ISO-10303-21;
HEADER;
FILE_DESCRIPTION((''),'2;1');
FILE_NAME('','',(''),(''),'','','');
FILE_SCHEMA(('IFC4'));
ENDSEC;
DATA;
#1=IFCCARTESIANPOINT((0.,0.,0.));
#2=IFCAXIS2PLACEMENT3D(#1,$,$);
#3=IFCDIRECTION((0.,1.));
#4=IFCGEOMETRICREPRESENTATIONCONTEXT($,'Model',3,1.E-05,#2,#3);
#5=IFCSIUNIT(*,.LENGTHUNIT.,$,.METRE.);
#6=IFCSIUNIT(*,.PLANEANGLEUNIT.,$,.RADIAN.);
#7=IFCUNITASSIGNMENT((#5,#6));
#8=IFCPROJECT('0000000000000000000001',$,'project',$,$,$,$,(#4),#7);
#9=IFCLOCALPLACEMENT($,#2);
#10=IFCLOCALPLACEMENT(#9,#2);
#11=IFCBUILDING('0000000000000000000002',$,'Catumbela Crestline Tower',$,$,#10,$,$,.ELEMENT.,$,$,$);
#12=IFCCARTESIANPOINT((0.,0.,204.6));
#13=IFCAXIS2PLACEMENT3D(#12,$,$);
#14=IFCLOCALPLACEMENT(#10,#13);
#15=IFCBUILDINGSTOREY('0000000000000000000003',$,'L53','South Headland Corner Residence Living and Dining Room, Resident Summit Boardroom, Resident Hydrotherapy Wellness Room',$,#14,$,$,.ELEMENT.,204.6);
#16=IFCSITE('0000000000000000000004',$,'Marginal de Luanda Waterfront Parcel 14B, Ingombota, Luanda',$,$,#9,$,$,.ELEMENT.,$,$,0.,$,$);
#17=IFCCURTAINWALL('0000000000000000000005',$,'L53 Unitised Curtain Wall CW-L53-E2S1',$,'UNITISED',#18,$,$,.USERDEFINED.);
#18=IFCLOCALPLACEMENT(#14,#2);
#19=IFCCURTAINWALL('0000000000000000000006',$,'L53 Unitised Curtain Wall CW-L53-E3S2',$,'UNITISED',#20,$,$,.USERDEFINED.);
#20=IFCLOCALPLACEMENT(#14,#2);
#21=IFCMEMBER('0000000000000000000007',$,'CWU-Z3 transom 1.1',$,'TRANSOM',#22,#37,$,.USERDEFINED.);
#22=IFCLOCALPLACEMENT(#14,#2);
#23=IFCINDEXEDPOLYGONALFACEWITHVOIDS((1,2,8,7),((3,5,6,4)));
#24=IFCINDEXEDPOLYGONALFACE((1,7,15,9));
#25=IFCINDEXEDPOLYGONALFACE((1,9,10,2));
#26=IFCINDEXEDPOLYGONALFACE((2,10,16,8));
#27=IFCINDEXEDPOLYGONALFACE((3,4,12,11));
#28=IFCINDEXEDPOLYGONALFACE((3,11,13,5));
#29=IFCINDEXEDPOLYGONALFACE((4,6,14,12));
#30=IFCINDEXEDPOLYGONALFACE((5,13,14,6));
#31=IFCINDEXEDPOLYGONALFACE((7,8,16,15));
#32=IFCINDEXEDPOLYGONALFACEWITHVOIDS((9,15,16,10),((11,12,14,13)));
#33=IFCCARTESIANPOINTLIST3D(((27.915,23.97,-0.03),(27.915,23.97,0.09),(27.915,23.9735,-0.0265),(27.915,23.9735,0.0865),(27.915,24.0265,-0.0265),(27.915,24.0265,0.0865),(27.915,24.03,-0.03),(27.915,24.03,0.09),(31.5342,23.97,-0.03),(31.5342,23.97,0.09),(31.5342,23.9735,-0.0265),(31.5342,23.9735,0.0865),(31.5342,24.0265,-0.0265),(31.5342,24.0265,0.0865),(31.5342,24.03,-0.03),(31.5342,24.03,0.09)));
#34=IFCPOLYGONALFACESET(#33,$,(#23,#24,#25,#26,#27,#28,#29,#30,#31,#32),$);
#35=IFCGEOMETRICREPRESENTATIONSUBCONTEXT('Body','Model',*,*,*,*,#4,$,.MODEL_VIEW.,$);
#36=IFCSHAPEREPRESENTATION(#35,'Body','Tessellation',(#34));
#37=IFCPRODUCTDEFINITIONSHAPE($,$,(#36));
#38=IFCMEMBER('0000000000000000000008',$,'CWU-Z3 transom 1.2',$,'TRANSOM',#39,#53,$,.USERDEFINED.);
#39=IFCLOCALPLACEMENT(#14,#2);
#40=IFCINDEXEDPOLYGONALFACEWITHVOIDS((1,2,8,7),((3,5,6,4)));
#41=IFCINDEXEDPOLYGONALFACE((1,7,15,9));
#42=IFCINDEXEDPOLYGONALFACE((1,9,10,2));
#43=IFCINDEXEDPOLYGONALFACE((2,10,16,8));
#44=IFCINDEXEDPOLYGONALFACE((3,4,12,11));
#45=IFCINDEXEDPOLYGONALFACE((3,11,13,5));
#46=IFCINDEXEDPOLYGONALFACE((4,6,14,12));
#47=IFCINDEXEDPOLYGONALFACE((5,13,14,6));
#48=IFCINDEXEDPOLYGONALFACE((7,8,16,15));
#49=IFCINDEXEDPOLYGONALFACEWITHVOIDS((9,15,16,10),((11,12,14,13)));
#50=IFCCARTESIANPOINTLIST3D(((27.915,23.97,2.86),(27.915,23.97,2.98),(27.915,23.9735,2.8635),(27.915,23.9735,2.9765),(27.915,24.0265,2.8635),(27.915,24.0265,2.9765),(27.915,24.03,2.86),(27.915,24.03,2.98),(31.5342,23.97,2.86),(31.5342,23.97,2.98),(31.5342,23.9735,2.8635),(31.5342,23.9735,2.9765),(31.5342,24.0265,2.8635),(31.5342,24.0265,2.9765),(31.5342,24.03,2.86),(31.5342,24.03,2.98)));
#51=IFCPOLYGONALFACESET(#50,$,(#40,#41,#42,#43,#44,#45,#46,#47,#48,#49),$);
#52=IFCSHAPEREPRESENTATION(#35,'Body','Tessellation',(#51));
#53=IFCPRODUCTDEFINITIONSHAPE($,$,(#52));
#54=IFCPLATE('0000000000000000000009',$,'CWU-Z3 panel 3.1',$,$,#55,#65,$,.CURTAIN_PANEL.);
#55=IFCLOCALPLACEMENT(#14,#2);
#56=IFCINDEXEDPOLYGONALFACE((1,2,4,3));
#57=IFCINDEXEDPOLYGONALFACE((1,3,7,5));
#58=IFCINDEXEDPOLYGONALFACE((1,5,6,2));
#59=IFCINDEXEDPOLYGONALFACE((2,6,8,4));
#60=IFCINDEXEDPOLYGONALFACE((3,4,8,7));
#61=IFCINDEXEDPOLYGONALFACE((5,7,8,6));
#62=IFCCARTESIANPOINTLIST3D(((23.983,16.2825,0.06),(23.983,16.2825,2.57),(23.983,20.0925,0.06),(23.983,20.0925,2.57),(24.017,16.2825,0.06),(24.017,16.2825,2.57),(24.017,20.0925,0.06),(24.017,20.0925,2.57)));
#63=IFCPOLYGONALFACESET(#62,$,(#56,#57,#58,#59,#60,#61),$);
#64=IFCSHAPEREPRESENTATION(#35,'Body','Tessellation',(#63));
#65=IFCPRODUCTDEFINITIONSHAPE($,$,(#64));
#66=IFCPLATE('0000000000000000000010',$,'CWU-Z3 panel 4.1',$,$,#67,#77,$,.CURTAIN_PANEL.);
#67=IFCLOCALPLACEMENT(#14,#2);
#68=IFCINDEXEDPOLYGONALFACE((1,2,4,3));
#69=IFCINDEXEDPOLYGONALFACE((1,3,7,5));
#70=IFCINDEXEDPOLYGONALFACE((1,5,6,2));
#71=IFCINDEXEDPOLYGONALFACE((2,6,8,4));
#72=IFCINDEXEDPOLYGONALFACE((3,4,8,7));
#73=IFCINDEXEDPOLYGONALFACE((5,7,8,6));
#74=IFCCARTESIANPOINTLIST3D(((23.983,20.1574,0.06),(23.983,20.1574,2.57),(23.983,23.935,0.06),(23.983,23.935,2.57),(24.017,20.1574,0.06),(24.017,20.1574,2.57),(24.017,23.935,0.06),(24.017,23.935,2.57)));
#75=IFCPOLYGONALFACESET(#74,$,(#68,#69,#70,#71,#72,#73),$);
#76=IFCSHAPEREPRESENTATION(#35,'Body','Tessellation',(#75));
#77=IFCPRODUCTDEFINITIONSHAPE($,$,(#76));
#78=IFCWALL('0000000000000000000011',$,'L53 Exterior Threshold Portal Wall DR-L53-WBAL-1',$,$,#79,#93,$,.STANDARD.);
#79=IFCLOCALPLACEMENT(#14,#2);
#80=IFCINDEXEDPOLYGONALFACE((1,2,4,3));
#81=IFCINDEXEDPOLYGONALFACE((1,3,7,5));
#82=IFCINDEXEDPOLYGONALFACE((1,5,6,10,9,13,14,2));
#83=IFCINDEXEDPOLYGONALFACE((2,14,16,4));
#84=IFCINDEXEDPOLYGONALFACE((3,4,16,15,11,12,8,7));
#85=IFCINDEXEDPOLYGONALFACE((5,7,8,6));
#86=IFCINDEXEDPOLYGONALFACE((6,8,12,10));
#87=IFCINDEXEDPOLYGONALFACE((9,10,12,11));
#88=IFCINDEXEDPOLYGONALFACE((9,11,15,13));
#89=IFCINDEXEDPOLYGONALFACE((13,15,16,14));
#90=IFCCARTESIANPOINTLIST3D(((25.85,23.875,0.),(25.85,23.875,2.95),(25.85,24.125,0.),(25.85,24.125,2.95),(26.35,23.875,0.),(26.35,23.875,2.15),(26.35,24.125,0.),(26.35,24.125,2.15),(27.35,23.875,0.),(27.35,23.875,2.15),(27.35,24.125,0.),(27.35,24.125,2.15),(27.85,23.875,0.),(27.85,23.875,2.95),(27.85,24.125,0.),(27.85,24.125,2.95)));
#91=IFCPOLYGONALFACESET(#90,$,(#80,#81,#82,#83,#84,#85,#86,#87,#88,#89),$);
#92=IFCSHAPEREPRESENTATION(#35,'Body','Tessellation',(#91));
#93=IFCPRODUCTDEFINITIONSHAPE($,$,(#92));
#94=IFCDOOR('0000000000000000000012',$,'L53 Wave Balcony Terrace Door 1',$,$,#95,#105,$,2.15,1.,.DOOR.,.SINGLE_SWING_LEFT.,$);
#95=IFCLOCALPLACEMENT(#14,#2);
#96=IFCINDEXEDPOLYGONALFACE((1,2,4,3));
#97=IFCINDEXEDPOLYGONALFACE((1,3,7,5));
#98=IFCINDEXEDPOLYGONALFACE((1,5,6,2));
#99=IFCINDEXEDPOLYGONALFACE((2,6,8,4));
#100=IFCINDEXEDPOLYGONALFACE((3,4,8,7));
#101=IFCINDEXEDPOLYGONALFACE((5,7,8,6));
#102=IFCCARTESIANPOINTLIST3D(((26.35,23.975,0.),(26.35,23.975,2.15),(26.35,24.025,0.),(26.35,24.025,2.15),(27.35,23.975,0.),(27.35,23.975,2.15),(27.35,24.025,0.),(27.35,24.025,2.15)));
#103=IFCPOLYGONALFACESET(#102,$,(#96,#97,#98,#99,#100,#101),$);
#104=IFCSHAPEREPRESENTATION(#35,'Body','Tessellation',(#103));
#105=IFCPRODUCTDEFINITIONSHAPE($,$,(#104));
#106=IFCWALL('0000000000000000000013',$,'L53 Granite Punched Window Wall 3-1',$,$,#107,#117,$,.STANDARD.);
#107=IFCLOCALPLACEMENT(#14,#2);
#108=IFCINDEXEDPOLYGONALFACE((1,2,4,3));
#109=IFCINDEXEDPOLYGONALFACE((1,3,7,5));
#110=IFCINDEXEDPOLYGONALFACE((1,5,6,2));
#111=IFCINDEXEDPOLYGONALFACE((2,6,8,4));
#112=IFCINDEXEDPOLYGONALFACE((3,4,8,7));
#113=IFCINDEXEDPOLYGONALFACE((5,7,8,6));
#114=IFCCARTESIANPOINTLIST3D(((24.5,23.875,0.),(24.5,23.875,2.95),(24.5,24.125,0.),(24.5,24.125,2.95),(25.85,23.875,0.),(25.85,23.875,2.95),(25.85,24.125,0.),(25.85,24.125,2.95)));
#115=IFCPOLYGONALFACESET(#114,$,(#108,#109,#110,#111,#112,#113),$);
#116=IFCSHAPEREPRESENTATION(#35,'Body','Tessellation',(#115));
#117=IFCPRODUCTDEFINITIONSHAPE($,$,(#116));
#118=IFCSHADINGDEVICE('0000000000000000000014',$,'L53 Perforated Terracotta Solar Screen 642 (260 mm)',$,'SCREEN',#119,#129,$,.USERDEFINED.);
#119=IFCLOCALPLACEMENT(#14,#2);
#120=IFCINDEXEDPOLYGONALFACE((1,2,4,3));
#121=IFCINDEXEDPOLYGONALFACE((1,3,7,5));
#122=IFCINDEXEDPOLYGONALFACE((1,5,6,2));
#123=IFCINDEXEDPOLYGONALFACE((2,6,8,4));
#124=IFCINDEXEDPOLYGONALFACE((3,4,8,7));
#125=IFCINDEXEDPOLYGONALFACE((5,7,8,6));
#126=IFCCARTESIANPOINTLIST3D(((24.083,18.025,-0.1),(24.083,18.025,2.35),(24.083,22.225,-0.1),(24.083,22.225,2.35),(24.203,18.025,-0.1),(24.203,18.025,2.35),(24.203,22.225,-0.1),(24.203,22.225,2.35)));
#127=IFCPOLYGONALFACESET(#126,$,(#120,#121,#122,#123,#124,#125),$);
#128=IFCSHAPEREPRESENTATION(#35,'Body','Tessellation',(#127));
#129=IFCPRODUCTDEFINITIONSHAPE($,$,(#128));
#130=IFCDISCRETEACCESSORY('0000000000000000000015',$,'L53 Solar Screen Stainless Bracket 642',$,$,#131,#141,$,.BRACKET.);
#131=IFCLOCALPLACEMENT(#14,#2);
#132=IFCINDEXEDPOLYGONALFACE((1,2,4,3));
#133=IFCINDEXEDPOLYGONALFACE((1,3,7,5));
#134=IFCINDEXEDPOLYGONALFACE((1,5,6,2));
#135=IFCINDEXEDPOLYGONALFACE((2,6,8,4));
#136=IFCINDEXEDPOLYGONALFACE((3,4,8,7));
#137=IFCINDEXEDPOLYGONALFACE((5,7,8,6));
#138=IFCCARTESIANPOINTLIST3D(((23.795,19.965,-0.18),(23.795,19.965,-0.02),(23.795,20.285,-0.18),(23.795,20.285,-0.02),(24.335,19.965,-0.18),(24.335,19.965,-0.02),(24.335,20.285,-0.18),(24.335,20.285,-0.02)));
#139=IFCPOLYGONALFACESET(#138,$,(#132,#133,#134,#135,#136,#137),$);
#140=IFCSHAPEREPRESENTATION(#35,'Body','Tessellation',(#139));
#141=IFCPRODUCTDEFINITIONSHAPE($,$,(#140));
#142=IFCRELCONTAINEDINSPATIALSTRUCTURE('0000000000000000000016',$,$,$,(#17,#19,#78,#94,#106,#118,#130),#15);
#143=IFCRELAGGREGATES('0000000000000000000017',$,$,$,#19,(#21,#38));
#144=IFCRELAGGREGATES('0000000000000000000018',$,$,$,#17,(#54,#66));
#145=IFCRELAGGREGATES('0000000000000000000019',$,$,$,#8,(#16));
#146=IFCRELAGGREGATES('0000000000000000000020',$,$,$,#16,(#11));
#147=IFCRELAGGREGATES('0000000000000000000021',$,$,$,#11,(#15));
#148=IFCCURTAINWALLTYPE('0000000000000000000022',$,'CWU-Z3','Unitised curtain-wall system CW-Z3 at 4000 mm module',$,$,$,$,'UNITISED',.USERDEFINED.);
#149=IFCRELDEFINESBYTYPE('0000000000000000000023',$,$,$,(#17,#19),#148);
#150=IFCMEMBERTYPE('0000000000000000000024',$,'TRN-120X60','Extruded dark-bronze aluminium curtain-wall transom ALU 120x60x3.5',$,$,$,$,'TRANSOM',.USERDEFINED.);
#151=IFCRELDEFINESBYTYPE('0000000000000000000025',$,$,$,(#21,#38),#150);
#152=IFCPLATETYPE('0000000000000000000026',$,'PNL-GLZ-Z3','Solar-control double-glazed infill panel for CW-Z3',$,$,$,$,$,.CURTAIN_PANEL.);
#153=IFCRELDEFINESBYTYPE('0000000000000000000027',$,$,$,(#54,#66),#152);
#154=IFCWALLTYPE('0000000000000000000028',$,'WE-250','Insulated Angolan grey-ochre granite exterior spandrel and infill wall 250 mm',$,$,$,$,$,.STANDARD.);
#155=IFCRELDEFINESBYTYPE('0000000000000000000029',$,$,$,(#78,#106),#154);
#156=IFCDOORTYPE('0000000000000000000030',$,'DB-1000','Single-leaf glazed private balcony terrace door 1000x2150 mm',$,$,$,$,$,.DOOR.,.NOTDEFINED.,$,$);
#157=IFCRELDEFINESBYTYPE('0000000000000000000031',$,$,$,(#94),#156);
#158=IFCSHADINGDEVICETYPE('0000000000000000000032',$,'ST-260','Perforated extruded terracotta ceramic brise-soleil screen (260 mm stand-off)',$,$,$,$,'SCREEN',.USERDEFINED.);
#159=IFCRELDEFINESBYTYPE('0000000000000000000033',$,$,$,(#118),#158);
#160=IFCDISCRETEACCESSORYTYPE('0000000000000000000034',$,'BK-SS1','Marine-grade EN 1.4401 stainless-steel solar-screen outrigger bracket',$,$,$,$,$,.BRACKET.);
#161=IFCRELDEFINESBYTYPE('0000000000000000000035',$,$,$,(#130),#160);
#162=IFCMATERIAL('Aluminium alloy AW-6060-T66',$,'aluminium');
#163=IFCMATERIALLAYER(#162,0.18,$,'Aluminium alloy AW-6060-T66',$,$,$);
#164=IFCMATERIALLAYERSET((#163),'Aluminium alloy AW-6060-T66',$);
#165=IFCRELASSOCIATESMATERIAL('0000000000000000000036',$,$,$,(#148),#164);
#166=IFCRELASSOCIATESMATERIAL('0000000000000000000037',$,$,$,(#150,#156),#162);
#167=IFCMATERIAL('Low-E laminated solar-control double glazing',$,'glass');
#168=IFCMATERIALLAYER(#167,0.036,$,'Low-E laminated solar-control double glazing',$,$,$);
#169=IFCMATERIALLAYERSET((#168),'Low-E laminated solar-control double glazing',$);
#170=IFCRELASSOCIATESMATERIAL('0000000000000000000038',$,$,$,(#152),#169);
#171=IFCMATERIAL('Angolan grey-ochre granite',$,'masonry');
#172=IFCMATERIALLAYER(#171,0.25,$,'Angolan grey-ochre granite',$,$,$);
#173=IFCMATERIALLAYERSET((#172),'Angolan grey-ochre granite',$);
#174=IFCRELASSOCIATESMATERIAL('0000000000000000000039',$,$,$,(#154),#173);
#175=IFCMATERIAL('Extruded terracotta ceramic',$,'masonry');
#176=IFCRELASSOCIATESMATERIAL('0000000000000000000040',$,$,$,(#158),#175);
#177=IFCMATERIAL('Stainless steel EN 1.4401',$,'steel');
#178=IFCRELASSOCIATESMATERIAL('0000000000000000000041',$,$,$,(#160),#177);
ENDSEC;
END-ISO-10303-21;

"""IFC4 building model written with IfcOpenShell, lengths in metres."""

from ifc_helpers import new_model, si_unit, direction, frame, frame_2d, origin, origin_2d, place, context, subcontext, project, spatial, rectangle, hollow_rectangle, extrude, material, layer, layer_set, material_profile, profile_set, type_object, element, fill, aggregate, save


model = new_model("IFC4")

# Units and contexts
model_context = context("Model", 3, precision=1e-05, world=origin(), true_north=direction((0.0, 1.0)))
body_context = subcontext(model_context, "Body", "Model", "MODEL_VIEW")
ifc_project = project(units=[si_unit("LENGTHUNIT", "METRE"), si_unit("PLANEANGLEUNIT", "RADIAN")], contexts=[model_context])

# Site, building, storey
site_placement = place(None, origin())
site = spatial("IfcSite", under=ifc_project, at=site_placement, Name="Marginal de Luanda Waterfront Parcel 14B, Ingombota, Luanda", CompositionType="ELEMENT", RefElevation=0.0)
building_placement = place(site_placement, origin())
building = spatial("IfcBuilding", under=site, at=building_placement, Name="Catumbela Crestline Tower", CompositionType="ELEMENT")
storey_placement = place(building_placement, frame((0.0, 0.0, 204.6)))
storey = spatial("IfcBuildingStorey", under=building, at=storey_placement, Name="L53", Description="South Headland Corner Residence Living and Dining Room, Resident Summit Boardroom, Resident Hydrotherapy Wellness Room", CompositionType="ELEMENT", Elevation=204.6)

# Curtain wall
ifc_material_1 = material(Name="Aluminium alloy AW-6060-T66", Category="aluminium")
ifc_layer_1 = layer(ifc_material_1, 0.18, Name="Aluminium alloy AW-6060-T66")
ifc_layer_set_1 = layer_set([ifc_layer_1], Name="Aluminium alloy AW-6060-T66")
curtain_wall_type = type_object("IfcCurtainWallType", Name="CWU-Z3", Description="Unitised curtain-wall system CW-Z3 at 4000 mm module", ElementType="UNITISED", PredefinedType="USERDEFINED", material=ifc_layer_set_1)
curtain_wall_1_placement = place(storey_placement, origin())
curtain_wall_1 = element("IfcCurtainWall", 1, at=curtain_wall_1_placement, inside=storey, type_object=curtain_wall_type, Name="L53 Unitised Curtain Wall CW-L53-E2S1", ObjectType="UNITISED", PredefinedType="USERDEFINED")

# Curtain wall
curtain_wall_2_placement = place(storey_placement, origin())
curtain_wall_2 = element("IfcCurtainWall", 2, at=curtain_wall_2_placement, inside=storey, type_object=curtain_wall_type, Name="L53 Unitised Curtain Wall CW-L53-E3S2", ObjectType="UNITISED", PredefinedType="USERDEFINED")

# Members
ifc_material_profile_1 = material_profile(ifc_material_1, hollow_rectangle(XDim=0.06, YDim=0.12, WallThickness=0.0035, at=origin_2d()), Name="ALU 120x60x3.5")
ifc_profile_set_1 = profile_set([ifc_material_profile_1], Name="Aluminium alloy AW-6060-T66")
member_type_1 = type_object("IfcMemberType", Name="TRN-120X60", Description="Extruded dark-bronze aluminium curtain-wall transom ALU 120x60x3.5", ElementType="TRANSOM", PredefinedType="USERDEFINED", material=ifc_profile_set_1)
member_1_placement = place(storey_placement, frame((27.915, 24.0, 0.03), z_axis=(1.0, 0.0, 0.0), x_axis=(0.0, 1.0, 0.0)))
member_1 = element("IfcMember", 3, at=member_1_placement, type_object=member_type_1, Name="CWU-Z3 transom 1.1", ObjectType="TRANSOM", PredefinedType="USERDEFINED", context=body_context, shape_type="SweptSolid", body=[
    extrude(hollow_rectangle(XDim=0.06, YDim=0.12, WallThickness=0.0035, at=origin_2d()), origin(), (0.0, 0.0, 1.0), 3.6192),
])
member_2_placement = place(storey_placement, frame((27.915, 24.0, 2.92), z_axis=(1.0, 0.0, 0.0), x_axis=(0.0, 1.0, 0.0)))
member_2 = element("IfcMember", 4, at=member_2_placement, type_object=member_type_1, Name="CWU-Z3 transom 1.2", ObjectType="TRANSOM", PredefinedType="USERDEFINED", context=body_context, shape_type="SweptSolid", body=[
    extrude(hollow_rectangle(XDim=0.06, YDim=0.12, WallThickness=0.0035, at=origin_2d()), origin(), (0.0, 0.0, 1.0), 3.6192),
])
aggregate(curtain_wall_2, [member_1, member_2])

# Plates
ifc_material_2 = material(Name="Low-E laminated solar-control double glazing", Category="glass")
ifc_layer_2 = layer(ifc_material_2, 0.036, Name="Low-E laminated solar-control double glazing")
ifc_layer_set_2 = layer_set([ifc_layer_2], Name="Low-E laminated solar-control double glazing")
plate_type = type_object("IfcPlateType", Name="PNL-GLZ-Z3", Description="Solar-control double-glazed infill panel for CW-Z3", PredefinedType="CURTAIN_PANEL", material=ifc_layer_set_2)
plate_1_placement = place(storey_placement, frame((24.0, 18.1875, 0.06), z_axis=(0.0, 0.0, 1.0), x_axis=(0.0, 1.0, 0.0)))
plate_1 = element("IfcPlate", 5, at=plate_1_placement, type_object=plate_type, Name="CWU-Z3 panel 3.1", PredefinedType="CURTAIN_PANEL", context=body_context, shape_type="SweptSolid", body=[
    extrude(rectangle(XDim=3.81, YDim=0.034, at=origin_2d()), origin(), (0.0, 0.0, 1.0), 2.51),
])
plate_2_placement = place(storey_placement, frame((24.0, 22.0462, 0.06), z_axis=(0.0, 0.0, 1.0), x_axis=(0.0, 1.0, 0.0)))
plate_2 = element("IfcPlate", 6, at=plate_2_placement, type_object=plate_type, Name="CWU-Z3 panel 4.1", PredefinedType="CURTAIN_PANEL", context=body_context, shape_type="SweptSolid", body=[
    extrude(rectangle(XDim=3.7775, YDim=0.034, at=origin_2d()), origin(), (0.0, 0.0, 1.0), 2.51),
])
aggregate(curtain_wall_1, [plate_1, plate_2])

# Wall, opening, door
ifc_material_3 = material(Name="Angolan grey-ochre granite", Category="masonry")
ifc_layer_3 = layer(ifc_material_3, 0.25, Name="Angolan grey-ochre granite")
ifc_layer_set_3 = layer_set([ifc_layer_3], Name="Angolan grey-ochre granite")
wall_type = type_object("IfcWallType", Name="WE-250", Description="Insulated Angolan grey-ochre granite exterior spandrel and infill wall 250 mm", PredefinedType="STANDARD", material=ifc_layer_set_3)
wall_1_placement = place(storey_placement, frame((25.85, 24.0, 0.0), z_axis=(0.0, 0.0, 1.0), x_axis=(1.0, 0.0, 0.0)))
wall_1 = element("IfcWall", 7, at=wall_1_placement, inside=storey, type_object=wall_type, Name="L53 Exterior Threshold Portal Wall DR-L53-WBAL-1", PredefinedType="STANDARD", context=body_context, shape_type="SweptSolid", body=[
    extrude(rectangle(XDim=2.0, YDim=0.25, at=frame_2d((1.0, 0.0))), origin(), (0.0, 0.0, 1.0), 2.95),
])
opening_placement = place(wall_1_placement, frame((0.5, 0.0, 0.0)))
opening = element("IfcOpeningElement", 8, at=opening_placement, cuts=wall_1, PredefinedType="OPENING", context=body_context, shape_type="SweptSolid", body=[
    extrude(rectangle(XDim=1.0, YDim=2.15, at=frame_2d((0.5, 1.075))), frame((0.0, 0.135, 0.0), z_axis=(0.0, -1.0, 0.0), x_axis=(1.0, 0.0, 0.0)), (0.0, 0.0, 1.0), 0.27),
])
door_type = type_object("IfcDoorType", Name="DB-1000", Description="Single-leaf glazed private balcony terrace door 1000x2150 mm", OperationType="NOTDEFINED", PredefinedType="DOOR", material=ifc_material_1)
door_placement = place(opening_placement, origin())
door = element("IfcDoor", 9, at=door_placement, inside=storey, type_object=door_type, Name="L53 Wave Balcony Terrace Door 1", OperationType="SINGLE_SWING_LEFT", OverallHeight=2.15, OverallWidth=1.0, PredefinedType="DOOR", context=body_context, shape_type="SweptSolid", body=[
    extrude(rectangle(XDim=1.0, YDim=2.15, at=frame_2d((0.5, 1.075))), frame((0.0, 0.025, 0.0), z_axis=(0.0, -1.0, 0.0), x_axis=(1.0, 0.0, 0.0)), (0.0, 0.0, 1.0), 0.05),
])
fill(opening, door)

# Wall
wall_2_placement = place(storey_placement, frame((24.5, 24.0, 0.0), z_axis=(0.0, 0.0, 1.0), x_axis=(1.0, 0.0, 0.0)))
element("IfcWall", 10, at=wall_2_placement, inside=storey, type_object=wall_type, Name="L53 Granite Punched Window Wall 3-1", PredefinedType="STANDARD", context=body_context, shape_type="SweptSolid", body=[
    extrude(rectangle(XDim=1.35, YDim=0.25, at=frame_2d((0.675, 0.0))), origin(), (0.0, 0.0, 1.0), 2.95),
])

# Shared definitions
ifc_material_4 = material(Name="Stainless steel EN 1.4401", Category="steel")

# Shading device
ifc_material_5 = material(Name="Extruded terracotta ceramic", Category="masonry")
shading_device_type = type_object("IfcShadingDeviceType", Name="ST-260", Description="Perforated extruded terracotta ceramic brise-soleil screen (260 mm stand-off)", ElementType="SCREEN", PredefinedType="USERDEFINED", material=ifc_material_5)
shading_device_placement = place(storey_placement, frame((24.143, 20.125, -0.1), z_axis=(0.0, 0.0, 1.0), x_axis=(0.0, 1.0, 0.0)))
element("IfcShadingDevice", 11, at=shading_device_placement, inside=storey, type_object=shading_device_type, Name="L53 Perforated Terracotta Solar Screen 642 (260 mm)", ObjectType="SCREEN", PredefinedType="USERDEFINED", context=body_context, shape_type="SweptSolid", body=[
    extrude(rectangle(XDim=4.2, YDim=0.12, at=origin_2d()), origin(), (0.0, 0.0, 1.0), 2.45),
])

# Discrete accessory
discrete_accessory_type = type_object("IfcDiscreteAccessoryType", Name="BK-SS1", Description="Marine-grade EN 1.4401 stainless-steel solar-screen outrigger bracket", PredefinedType="BRACKET", material=ifc_material_4)
discrete_accessory_placement = place(storey_placement, frame((24.065, 20.125, -0.18), z_axis=(0.0, 0.0, 1.0), x_axis=(0.0, 1.0, 0.0)))
element("IfcDiscreteAccessory", 12, at=discrete_accessory_placement, inside=storey, type_object=discrete_accessory_type, Name="L53 Solar Screen Stainless Bracket 642", PredefinedType="BRACKET", context=body_context, shape_type="SweptSolid", body=[
    extrude(rectangle(XDim=0.32, YDim=0.54, at=origin_2d()), origin(), (0.0, 0.0, 1.0), 0.16),
])

save(model, "model.ifc")
